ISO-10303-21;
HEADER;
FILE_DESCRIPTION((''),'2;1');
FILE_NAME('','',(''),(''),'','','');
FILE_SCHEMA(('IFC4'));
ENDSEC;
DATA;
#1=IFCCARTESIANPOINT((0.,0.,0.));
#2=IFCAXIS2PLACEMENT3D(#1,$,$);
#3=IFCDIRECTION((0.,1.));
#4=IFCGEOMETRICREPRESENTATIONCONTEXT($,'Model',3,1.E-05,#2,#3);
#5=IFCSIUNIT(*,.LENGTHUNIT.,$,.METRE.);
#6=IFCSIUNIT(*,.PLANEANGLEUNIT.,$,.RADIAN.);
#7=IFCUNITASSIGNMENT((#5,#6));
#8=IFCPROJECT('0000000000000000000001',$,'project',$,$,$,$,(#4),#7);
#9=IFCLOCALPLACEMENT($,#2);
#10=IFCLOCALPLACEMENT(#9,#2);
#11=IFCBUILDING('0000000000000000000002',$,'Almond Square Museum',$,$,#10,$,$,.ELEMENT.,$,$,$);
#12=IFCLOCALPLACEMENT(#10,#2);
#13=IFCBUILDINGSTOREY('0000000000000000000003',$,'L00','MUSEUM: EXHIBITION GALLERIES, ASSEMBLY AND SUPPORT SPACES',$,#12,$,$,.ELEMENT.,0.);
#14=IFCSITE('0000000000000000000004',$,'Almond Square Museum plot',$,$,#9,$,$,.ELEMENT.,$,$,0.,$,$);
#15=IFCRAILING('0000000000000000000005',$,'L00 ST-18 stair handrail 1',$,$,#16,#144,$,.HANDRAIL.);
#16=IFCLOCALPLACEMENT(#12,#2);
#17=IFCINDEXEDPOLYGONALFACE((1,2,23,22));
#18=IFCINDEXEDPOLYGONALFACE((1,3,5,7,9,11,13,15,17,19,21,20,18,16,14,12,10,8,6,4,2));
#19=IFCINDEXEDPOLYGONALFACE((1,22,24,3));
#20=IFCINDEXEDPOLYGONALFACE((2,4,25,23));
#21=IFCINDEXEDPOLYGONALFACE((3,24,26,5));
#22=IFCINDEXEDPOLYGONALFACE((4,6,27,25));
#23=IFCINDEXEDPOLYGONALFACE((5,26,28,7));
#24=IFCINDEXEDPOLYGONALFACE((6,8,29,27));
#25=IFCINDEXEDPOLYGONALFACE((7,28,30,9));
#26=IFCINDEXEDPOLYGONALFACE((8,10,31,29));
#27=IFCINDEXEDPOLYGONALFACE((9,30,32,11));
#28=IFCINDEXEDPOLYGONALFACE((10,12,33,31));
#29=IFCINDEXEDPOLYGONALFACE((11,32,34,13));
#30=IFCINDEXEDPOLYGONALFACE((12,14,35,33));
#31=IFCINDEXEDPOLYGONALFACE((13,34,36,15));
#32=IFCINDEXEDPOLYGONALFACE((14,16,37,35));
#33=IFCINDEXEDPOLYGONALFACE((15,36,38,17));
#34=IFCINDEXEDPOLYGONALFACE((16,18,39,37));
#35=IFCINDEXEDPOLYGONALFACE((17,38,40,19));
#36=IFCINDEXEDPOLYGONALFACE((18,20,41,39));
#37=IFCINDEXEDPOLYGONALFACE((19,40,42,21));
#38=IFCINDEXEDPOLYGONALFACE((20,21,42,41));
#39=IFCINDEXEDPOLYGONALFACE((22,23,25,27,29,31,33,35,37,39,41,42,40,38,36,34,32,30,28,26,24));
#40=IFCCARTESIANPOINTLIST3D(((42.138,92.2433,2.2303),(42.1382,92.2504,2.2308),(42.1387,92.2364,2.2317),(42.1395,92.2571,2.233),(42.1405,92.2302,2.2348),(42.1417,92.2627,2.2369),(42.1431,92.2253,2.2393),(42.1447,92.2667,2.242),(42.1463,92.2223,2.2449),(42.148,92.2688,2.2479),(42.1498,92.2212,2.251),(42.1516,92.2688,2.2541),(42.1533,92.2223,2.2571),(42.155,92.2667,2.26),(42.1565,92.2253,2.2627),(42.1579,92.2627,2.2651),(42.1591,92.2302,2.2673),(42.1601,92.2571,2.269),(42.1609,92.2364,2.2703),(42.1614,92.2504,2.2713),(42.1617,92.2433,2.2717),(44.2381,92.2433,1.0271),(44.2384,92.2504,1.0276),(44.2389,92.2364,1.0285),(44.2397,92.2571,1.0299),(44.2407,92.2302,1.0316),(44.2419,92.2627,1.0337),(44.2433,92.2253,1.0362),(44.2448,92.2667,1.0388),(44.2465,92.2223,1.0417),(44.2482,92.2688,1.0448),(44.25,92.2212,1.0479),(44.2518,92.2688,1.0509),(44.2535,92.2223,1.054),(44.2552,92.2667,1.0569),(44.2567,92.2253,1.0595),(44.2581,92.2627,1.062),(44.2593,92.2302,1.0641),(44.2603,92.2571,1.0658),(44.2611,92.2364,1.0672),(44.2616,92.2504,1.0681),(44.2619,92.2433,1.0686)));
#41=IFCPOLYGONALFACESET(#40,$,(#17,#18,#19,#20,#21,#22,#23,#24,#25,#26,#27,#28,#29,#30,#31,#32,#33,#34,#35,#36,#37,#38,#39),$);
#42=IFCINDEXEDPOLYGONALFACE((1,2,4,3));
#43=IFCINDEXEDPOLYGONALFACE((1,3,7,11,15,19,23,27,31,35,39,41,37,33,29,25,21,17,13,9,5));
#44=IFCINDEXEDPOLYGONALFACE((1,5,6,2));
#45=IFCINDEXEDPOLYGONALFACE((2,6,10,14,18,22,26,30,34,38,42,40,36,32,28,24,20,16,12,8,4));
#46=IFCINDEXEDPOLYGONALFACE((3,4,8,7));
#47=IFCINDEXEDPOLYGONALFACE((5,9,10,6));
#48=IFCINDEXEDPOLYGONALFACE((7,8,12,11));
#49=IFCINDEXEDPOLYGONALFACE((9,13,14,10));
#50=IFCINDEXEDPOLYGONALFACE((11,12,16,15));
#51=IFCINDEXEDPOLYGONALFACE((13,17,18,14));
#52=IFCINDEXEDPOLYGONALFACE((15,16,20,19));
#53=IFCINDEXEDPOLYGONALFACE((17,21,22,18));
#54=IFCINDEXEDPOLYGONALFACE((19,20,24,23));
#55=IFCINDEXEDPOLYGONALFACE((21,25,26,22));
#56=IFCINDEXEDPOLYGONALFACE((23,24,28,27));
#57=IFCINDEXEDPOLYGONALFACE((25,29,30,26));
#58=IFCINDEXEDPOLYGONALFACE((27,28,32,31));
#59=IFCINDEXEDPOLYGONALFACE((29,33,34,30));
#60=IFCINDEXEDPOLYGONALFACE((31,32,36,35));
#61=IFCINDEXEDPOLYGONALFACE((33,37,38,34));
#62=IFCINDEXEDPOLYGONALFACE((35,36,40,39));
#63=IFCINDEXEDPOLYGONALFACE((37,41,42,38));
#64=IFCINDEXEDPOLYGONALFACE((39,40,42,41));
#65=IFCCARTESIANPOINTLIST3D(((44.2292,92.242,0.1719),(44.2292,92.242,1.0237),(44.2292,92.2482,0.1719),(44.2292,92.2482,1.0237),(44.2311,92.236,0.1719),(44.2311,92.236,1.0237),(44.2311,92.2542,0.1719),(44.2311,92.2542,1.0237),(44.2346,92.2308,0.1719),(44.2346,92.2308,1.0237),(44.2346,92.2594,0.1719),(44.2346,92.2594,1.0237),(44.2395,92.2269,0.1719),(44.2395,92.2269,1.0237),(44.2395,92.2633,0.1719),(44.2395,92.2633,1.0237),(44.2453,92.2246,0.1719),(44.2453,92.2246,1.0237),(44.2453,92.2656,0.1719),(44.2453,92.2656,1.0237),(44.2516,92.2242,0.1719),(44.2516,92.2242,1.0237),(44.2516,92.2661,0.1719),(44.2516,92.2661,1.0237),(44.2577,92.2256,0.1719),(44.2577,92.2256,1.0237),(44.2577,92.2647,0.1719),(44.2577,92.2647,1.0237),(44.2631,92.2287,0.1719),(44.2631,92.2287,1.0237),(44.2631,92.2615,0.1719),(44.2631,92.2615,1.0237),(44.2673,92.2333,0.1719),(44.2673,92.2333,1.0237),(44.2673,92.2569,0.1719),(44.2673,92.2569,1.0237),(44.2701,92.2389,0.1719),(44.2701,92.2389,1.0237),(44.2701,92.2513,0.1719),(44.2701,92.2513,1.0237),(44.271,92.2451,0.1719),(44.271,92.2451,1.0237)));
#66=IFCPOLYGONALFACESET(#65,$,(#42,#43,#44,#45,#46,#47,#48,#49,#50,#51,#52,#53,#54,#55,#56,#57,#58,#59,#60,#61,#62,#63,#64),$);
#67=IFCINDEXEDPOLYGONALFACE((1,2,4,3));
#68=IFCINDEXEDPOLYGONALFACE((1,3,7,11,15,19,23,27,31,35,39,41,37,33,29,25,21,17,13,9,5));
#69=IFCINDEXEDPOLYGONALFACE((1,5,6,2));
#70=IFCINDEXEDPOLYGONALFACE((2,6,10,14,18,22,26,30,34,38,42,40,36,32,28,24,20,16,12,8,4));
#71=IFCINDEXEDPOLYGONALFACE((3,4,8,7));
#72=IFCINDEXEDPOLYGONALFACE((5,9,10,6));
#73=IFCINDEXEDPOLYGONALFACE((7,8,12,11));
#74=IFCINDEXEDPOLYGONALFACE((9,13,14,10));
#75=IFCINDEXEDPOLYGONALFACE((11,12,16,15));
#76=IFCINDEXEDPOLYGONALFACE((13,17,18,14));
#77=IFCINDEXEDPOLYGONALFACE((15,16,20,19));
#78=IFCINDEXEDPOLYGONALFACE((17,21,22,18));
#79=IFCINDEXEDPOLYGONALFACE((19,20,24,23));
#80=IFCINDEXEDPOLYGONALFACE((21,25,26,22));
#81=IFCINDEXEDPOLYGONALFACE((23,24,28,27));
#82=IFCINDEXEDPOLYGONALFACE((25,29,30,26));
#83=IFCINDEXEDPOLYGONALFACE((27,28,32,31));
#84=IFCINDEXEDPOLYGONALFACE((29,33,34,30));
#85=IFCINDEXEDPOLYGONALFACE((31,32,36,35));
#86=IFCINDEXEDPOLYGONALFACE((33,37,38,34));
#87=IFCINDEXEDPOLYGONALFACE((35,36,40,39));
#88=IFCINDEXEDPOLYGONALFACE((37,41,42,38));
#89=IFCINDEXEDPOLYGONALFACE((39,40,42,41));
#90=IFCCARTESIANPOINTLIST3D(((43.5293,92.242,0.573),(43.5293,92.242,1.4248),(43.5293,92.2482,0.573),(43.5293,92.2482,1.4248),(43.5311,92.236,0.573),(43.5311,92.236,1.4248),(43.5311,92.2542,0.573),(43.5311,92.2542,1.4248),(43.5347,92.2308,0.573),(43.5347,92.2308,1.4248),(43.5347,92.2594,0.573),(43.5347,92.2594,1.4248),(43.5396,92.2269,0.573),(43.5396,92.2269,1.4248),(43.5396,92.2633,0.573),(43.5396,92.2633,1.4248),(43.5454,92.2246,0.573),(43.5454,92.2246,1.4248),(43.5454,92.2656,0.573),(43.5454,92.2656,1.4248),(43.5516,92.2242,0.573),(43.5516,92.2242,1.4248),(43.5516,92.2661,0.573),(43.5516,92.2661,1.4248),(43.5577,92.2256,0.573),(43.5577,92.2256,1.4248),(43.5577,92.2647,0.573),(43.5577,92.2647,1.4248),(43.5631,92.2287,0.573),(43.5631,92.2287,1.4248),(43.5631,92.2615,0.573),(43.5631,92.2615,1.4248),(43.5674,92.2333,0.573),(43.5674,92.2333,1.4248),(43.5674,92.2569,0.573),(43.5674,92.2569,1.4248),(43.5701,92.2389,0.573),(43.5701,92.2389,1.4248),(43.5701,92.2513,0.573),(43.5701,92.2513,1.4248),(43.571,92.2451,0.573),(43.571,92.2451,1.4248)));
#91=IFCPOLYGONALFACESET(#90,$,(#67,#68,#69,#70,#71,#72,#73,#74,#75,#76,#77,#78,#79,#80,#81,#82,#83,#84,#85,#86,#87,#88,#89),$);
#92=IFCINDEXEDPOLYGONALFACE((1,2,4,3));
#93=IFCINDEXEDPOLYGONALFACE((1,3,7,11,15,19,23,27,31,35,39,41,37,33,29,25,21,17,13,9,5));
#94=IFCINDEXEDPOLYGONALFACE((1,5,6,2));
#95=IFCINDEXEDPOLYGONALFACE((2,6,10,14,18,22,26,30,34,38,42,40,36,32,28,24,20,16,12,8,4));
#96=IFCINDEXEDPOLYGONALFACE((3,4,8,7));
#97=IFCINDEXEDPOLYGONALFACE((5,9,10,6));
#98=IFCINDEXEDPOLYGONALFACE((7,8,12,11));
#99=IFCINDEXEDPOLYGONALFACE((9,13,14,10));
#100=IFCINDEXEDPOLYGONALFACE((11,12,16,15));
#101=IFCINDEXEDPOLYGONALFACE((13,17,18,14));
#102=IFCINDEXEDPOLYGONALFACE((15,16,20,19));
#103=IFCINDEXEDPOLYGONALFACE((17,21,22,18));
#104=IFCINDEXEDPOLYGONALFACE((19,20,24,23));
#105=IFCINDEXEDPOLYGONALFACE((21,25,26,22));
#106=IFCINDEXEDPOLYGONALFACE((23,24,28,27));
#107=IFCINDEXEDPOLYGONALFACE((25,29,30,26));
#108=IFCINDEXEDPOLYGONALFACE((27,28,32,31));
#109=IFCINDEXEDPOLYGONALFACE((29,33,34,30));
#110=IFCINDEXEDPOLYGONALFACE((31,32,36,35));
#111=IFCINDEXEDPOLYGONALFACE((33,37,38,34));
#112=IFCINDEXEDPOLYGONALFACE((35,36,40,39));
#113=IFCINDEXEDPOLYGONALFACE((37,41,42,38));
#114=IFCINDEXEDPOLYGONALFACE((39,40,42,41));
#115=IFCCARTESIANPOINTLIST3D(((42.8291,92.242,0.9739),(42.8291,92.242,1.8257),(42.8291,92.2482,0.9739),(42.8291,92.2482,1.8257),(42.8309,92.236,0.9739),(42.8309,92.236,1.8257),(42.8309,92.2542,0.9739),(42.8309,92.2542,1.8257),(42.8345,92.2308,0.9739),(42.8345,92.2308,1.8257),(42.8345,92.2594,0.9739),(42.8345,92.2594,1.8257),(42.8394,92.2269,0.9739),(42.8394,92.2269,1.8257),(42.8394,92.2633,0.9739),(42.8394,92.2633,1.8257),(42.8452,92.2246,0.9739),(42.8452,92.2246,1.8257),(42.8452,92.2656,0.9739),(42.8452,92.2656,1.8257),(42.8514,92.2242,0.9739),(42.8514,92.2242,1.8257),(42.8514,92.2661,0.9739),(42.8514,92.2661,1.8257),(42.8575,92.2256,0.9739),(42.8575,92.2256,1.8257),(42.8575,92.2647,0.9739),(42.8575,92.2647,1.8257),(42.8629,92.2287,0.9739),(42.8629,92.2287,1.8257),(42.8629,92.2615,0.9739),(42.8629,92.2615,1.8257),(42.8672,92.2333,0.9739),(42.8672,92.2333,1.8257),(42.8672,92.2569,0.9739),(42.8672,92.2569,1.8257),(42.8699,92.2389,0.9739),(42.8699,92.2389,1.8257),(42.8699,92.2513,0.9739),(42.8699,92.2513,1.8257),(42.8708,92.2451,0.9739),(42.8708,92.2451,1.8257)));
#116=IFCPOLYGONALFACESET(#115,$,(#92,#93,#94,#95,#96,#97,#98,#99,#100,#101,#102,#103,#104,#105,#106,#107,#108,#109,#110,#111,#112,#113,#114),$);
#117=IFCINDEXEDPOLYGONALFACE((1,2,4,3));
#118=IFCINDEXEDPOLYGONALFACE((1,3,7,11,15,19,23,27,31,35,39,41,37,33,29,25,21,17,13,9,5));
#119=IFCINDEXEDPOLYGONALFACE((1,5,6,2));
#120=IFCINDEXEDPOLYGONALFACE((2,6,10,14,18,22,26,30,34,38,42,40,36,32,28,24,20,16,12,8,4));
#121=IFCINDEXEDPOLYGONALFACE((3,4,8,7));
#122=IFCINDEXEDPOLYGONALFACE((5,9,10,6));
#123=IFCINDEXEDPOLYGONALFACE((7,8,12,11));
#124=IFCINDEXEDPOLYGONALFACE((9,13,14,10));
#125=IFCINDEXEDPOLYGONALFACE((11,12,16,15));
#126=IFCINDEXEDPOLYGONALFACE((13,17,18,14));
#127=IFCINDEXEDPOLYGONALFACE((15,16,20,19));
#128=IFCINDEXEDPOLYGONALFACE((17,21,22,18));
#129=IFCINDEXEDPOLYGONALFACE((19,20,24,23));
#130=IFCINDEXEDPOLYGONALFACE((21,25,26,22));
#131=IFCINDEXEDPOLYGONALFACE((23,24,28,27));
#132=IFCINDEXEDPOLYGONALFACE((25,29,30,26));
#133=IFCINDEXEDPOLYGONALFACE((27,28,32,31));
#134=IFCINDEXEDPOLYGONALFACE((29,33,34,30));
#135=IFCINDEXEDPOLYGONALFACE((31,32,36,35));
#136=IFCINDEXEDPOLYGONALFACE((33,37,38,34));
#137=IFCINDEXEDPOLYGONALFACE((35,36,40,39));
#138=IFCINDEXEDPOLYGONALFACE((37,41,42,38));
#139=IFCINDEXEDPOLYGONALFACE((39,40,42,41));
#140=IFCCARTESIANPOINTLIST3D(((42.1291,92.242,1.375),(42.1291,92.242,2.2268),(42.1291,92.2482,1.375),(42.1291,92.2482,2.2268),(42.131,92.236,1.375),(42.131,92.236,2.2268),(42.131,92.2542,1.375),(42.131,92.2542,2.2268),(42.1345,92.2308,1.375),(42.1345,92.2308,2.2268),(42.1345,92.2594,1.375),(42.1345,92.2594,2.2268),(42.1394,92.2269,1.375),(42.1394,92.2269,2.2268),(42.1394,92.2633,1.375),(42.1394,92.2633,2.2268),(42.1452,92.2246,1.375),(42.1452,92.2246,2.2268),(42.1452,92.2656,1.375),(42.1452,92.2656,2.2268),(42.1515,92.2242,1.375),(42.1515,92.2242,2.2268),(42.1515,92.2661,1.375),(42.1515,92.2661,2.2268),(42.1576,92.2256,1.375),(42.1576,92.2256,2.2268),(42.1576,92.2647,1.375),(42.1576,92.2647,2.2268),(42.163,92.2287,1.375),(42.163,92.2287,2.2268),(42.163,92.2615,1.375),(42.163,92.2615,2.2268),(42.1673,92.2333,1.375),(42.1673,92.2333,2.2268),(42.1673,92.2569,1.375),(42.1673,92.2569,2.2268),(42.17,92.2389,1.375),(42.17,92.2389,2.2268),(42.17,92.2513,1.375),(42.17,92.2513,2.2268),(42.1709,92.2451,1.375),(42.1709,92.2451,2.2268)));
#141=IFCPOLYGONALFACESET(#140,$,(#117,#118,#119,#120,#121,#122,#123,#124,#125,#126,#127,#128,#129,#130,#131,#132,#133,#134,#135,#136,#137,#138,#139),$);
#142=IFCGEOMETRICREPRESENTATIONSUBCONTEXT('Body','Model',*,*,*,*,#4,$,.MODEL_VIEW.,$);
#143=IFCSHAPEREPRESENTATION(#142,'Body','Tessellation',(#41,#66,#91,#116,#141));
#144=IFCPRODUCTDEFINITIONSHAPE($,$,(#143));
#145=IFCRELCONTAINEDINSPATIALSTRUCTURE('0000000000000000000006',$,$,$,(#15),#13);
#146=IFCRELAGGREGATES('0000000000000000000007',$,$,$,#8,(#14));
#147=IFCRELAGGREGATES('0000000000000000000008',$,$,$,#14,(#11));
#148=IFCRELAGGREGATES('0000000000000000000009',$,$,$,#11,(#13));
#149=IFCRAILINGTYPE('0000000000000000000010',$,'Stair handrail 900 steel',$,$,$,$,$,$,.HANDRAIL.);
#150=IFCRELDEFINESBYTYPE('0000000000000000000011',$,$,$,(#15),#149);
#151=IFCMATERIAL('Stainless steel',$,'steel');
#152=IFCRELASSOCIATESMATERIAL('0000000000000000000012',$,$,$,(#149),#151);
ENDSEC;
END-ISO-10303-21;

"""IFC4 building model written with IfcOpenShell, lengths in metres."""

from ifc_helpers import new_model, si_unit, direction, frame, origin, origin_2d, place, context, subcontext, project, spatial, circle, extrude, material, type_object, element, save


model = new_model("IFC4")

# Units and contexts
model_context = context("Model", 3, precision=1e-05, world=origin(), true_north=direction((0.0, 1.0)))
body_context = subcontext(model_context, "Body", "Model", "MODEL_VIEW")
ifc_project = project(units=[si_unit("LENGTHUNIT", "METRE"), si_unit("PLANEANGLEUNIT", "RADIAN")], contexts=[model_context])

# Site, building, storey
site_placement = place(None, origin())
site = spatial("IfcSite", under=ifc_project, at=site_placement, Name="Almond Square Museum plot", CompositionType="ELEMENT", RefElevation=0.0)
building_placement = place(site_placement, origin())
building = spatial("IfcBuilding", under=site, at=building_placement, Name="Almond Square Museum", CompositionType="ELEMENT")
storey_placement = place(building_placement, origin())
storey = spatial("IfcBuildingStorey", under=building, at=storey_placement, Name="L00", Description="MUSEUM: EXHIBITION GALLERIES, ASSEMBLY AND SUPPORT SPACES", CompositionType="ELEMENT", Elevation=0.0)

# Railing
ifc_material_1 = material(Name="Stainless steel", Category="steel")
railing_type_1 = type_object("IfcRailingType", Name="Stair handrail 900 steel", PredefinedType="HANDRAIL", material=ifc_material_1)
for number, where, name in (
    (1, (44.25, 92.2451, 0.1719), "L00 ST-18 stair handrail 1"),
):
    element("IfcRailing", number, at=place(storey_placement, frame(where)), inside=storey, type_object=railing_type_1, Name=name, PredefinedType="HANDRAIL", context=body_context, shape_type="SweptSolid", body=[
        extrude(circle(Radius=0.0239, at=origin_2d()), frame((0.0, 0.0, 0.876), z_axis=(-0.867696, 0.0, 0.497095), x_axis=(0.0, -1.0, 0.0)), (0.0, 0.0, 1.0), 2.4204),
        extrude(circle(Radius=0.021, at=origin_2d()), origin(), (0.0, 0.0, 1.0), 0.8518),
        extrude(circle(Radius=0.021, at=origin_2d()), frame((-0.7, 0.0, 0.4011)), (0.0, 0.0, 1.0), 0.8518),
        extrude(circle(Radius=0.021, at=origin_2d()), frame((-1.4001, 0.0, 0.802)), (0.0, 0.0, 1.0), 0.8518),
        extrude(circle(Radius=0.021, at=origin_2d()), frame((-2.1001, 0.0, 1.2031)), (0.0, 0.0, 1.0), 0.8518),
    ])

save(model, "model.ifc")
